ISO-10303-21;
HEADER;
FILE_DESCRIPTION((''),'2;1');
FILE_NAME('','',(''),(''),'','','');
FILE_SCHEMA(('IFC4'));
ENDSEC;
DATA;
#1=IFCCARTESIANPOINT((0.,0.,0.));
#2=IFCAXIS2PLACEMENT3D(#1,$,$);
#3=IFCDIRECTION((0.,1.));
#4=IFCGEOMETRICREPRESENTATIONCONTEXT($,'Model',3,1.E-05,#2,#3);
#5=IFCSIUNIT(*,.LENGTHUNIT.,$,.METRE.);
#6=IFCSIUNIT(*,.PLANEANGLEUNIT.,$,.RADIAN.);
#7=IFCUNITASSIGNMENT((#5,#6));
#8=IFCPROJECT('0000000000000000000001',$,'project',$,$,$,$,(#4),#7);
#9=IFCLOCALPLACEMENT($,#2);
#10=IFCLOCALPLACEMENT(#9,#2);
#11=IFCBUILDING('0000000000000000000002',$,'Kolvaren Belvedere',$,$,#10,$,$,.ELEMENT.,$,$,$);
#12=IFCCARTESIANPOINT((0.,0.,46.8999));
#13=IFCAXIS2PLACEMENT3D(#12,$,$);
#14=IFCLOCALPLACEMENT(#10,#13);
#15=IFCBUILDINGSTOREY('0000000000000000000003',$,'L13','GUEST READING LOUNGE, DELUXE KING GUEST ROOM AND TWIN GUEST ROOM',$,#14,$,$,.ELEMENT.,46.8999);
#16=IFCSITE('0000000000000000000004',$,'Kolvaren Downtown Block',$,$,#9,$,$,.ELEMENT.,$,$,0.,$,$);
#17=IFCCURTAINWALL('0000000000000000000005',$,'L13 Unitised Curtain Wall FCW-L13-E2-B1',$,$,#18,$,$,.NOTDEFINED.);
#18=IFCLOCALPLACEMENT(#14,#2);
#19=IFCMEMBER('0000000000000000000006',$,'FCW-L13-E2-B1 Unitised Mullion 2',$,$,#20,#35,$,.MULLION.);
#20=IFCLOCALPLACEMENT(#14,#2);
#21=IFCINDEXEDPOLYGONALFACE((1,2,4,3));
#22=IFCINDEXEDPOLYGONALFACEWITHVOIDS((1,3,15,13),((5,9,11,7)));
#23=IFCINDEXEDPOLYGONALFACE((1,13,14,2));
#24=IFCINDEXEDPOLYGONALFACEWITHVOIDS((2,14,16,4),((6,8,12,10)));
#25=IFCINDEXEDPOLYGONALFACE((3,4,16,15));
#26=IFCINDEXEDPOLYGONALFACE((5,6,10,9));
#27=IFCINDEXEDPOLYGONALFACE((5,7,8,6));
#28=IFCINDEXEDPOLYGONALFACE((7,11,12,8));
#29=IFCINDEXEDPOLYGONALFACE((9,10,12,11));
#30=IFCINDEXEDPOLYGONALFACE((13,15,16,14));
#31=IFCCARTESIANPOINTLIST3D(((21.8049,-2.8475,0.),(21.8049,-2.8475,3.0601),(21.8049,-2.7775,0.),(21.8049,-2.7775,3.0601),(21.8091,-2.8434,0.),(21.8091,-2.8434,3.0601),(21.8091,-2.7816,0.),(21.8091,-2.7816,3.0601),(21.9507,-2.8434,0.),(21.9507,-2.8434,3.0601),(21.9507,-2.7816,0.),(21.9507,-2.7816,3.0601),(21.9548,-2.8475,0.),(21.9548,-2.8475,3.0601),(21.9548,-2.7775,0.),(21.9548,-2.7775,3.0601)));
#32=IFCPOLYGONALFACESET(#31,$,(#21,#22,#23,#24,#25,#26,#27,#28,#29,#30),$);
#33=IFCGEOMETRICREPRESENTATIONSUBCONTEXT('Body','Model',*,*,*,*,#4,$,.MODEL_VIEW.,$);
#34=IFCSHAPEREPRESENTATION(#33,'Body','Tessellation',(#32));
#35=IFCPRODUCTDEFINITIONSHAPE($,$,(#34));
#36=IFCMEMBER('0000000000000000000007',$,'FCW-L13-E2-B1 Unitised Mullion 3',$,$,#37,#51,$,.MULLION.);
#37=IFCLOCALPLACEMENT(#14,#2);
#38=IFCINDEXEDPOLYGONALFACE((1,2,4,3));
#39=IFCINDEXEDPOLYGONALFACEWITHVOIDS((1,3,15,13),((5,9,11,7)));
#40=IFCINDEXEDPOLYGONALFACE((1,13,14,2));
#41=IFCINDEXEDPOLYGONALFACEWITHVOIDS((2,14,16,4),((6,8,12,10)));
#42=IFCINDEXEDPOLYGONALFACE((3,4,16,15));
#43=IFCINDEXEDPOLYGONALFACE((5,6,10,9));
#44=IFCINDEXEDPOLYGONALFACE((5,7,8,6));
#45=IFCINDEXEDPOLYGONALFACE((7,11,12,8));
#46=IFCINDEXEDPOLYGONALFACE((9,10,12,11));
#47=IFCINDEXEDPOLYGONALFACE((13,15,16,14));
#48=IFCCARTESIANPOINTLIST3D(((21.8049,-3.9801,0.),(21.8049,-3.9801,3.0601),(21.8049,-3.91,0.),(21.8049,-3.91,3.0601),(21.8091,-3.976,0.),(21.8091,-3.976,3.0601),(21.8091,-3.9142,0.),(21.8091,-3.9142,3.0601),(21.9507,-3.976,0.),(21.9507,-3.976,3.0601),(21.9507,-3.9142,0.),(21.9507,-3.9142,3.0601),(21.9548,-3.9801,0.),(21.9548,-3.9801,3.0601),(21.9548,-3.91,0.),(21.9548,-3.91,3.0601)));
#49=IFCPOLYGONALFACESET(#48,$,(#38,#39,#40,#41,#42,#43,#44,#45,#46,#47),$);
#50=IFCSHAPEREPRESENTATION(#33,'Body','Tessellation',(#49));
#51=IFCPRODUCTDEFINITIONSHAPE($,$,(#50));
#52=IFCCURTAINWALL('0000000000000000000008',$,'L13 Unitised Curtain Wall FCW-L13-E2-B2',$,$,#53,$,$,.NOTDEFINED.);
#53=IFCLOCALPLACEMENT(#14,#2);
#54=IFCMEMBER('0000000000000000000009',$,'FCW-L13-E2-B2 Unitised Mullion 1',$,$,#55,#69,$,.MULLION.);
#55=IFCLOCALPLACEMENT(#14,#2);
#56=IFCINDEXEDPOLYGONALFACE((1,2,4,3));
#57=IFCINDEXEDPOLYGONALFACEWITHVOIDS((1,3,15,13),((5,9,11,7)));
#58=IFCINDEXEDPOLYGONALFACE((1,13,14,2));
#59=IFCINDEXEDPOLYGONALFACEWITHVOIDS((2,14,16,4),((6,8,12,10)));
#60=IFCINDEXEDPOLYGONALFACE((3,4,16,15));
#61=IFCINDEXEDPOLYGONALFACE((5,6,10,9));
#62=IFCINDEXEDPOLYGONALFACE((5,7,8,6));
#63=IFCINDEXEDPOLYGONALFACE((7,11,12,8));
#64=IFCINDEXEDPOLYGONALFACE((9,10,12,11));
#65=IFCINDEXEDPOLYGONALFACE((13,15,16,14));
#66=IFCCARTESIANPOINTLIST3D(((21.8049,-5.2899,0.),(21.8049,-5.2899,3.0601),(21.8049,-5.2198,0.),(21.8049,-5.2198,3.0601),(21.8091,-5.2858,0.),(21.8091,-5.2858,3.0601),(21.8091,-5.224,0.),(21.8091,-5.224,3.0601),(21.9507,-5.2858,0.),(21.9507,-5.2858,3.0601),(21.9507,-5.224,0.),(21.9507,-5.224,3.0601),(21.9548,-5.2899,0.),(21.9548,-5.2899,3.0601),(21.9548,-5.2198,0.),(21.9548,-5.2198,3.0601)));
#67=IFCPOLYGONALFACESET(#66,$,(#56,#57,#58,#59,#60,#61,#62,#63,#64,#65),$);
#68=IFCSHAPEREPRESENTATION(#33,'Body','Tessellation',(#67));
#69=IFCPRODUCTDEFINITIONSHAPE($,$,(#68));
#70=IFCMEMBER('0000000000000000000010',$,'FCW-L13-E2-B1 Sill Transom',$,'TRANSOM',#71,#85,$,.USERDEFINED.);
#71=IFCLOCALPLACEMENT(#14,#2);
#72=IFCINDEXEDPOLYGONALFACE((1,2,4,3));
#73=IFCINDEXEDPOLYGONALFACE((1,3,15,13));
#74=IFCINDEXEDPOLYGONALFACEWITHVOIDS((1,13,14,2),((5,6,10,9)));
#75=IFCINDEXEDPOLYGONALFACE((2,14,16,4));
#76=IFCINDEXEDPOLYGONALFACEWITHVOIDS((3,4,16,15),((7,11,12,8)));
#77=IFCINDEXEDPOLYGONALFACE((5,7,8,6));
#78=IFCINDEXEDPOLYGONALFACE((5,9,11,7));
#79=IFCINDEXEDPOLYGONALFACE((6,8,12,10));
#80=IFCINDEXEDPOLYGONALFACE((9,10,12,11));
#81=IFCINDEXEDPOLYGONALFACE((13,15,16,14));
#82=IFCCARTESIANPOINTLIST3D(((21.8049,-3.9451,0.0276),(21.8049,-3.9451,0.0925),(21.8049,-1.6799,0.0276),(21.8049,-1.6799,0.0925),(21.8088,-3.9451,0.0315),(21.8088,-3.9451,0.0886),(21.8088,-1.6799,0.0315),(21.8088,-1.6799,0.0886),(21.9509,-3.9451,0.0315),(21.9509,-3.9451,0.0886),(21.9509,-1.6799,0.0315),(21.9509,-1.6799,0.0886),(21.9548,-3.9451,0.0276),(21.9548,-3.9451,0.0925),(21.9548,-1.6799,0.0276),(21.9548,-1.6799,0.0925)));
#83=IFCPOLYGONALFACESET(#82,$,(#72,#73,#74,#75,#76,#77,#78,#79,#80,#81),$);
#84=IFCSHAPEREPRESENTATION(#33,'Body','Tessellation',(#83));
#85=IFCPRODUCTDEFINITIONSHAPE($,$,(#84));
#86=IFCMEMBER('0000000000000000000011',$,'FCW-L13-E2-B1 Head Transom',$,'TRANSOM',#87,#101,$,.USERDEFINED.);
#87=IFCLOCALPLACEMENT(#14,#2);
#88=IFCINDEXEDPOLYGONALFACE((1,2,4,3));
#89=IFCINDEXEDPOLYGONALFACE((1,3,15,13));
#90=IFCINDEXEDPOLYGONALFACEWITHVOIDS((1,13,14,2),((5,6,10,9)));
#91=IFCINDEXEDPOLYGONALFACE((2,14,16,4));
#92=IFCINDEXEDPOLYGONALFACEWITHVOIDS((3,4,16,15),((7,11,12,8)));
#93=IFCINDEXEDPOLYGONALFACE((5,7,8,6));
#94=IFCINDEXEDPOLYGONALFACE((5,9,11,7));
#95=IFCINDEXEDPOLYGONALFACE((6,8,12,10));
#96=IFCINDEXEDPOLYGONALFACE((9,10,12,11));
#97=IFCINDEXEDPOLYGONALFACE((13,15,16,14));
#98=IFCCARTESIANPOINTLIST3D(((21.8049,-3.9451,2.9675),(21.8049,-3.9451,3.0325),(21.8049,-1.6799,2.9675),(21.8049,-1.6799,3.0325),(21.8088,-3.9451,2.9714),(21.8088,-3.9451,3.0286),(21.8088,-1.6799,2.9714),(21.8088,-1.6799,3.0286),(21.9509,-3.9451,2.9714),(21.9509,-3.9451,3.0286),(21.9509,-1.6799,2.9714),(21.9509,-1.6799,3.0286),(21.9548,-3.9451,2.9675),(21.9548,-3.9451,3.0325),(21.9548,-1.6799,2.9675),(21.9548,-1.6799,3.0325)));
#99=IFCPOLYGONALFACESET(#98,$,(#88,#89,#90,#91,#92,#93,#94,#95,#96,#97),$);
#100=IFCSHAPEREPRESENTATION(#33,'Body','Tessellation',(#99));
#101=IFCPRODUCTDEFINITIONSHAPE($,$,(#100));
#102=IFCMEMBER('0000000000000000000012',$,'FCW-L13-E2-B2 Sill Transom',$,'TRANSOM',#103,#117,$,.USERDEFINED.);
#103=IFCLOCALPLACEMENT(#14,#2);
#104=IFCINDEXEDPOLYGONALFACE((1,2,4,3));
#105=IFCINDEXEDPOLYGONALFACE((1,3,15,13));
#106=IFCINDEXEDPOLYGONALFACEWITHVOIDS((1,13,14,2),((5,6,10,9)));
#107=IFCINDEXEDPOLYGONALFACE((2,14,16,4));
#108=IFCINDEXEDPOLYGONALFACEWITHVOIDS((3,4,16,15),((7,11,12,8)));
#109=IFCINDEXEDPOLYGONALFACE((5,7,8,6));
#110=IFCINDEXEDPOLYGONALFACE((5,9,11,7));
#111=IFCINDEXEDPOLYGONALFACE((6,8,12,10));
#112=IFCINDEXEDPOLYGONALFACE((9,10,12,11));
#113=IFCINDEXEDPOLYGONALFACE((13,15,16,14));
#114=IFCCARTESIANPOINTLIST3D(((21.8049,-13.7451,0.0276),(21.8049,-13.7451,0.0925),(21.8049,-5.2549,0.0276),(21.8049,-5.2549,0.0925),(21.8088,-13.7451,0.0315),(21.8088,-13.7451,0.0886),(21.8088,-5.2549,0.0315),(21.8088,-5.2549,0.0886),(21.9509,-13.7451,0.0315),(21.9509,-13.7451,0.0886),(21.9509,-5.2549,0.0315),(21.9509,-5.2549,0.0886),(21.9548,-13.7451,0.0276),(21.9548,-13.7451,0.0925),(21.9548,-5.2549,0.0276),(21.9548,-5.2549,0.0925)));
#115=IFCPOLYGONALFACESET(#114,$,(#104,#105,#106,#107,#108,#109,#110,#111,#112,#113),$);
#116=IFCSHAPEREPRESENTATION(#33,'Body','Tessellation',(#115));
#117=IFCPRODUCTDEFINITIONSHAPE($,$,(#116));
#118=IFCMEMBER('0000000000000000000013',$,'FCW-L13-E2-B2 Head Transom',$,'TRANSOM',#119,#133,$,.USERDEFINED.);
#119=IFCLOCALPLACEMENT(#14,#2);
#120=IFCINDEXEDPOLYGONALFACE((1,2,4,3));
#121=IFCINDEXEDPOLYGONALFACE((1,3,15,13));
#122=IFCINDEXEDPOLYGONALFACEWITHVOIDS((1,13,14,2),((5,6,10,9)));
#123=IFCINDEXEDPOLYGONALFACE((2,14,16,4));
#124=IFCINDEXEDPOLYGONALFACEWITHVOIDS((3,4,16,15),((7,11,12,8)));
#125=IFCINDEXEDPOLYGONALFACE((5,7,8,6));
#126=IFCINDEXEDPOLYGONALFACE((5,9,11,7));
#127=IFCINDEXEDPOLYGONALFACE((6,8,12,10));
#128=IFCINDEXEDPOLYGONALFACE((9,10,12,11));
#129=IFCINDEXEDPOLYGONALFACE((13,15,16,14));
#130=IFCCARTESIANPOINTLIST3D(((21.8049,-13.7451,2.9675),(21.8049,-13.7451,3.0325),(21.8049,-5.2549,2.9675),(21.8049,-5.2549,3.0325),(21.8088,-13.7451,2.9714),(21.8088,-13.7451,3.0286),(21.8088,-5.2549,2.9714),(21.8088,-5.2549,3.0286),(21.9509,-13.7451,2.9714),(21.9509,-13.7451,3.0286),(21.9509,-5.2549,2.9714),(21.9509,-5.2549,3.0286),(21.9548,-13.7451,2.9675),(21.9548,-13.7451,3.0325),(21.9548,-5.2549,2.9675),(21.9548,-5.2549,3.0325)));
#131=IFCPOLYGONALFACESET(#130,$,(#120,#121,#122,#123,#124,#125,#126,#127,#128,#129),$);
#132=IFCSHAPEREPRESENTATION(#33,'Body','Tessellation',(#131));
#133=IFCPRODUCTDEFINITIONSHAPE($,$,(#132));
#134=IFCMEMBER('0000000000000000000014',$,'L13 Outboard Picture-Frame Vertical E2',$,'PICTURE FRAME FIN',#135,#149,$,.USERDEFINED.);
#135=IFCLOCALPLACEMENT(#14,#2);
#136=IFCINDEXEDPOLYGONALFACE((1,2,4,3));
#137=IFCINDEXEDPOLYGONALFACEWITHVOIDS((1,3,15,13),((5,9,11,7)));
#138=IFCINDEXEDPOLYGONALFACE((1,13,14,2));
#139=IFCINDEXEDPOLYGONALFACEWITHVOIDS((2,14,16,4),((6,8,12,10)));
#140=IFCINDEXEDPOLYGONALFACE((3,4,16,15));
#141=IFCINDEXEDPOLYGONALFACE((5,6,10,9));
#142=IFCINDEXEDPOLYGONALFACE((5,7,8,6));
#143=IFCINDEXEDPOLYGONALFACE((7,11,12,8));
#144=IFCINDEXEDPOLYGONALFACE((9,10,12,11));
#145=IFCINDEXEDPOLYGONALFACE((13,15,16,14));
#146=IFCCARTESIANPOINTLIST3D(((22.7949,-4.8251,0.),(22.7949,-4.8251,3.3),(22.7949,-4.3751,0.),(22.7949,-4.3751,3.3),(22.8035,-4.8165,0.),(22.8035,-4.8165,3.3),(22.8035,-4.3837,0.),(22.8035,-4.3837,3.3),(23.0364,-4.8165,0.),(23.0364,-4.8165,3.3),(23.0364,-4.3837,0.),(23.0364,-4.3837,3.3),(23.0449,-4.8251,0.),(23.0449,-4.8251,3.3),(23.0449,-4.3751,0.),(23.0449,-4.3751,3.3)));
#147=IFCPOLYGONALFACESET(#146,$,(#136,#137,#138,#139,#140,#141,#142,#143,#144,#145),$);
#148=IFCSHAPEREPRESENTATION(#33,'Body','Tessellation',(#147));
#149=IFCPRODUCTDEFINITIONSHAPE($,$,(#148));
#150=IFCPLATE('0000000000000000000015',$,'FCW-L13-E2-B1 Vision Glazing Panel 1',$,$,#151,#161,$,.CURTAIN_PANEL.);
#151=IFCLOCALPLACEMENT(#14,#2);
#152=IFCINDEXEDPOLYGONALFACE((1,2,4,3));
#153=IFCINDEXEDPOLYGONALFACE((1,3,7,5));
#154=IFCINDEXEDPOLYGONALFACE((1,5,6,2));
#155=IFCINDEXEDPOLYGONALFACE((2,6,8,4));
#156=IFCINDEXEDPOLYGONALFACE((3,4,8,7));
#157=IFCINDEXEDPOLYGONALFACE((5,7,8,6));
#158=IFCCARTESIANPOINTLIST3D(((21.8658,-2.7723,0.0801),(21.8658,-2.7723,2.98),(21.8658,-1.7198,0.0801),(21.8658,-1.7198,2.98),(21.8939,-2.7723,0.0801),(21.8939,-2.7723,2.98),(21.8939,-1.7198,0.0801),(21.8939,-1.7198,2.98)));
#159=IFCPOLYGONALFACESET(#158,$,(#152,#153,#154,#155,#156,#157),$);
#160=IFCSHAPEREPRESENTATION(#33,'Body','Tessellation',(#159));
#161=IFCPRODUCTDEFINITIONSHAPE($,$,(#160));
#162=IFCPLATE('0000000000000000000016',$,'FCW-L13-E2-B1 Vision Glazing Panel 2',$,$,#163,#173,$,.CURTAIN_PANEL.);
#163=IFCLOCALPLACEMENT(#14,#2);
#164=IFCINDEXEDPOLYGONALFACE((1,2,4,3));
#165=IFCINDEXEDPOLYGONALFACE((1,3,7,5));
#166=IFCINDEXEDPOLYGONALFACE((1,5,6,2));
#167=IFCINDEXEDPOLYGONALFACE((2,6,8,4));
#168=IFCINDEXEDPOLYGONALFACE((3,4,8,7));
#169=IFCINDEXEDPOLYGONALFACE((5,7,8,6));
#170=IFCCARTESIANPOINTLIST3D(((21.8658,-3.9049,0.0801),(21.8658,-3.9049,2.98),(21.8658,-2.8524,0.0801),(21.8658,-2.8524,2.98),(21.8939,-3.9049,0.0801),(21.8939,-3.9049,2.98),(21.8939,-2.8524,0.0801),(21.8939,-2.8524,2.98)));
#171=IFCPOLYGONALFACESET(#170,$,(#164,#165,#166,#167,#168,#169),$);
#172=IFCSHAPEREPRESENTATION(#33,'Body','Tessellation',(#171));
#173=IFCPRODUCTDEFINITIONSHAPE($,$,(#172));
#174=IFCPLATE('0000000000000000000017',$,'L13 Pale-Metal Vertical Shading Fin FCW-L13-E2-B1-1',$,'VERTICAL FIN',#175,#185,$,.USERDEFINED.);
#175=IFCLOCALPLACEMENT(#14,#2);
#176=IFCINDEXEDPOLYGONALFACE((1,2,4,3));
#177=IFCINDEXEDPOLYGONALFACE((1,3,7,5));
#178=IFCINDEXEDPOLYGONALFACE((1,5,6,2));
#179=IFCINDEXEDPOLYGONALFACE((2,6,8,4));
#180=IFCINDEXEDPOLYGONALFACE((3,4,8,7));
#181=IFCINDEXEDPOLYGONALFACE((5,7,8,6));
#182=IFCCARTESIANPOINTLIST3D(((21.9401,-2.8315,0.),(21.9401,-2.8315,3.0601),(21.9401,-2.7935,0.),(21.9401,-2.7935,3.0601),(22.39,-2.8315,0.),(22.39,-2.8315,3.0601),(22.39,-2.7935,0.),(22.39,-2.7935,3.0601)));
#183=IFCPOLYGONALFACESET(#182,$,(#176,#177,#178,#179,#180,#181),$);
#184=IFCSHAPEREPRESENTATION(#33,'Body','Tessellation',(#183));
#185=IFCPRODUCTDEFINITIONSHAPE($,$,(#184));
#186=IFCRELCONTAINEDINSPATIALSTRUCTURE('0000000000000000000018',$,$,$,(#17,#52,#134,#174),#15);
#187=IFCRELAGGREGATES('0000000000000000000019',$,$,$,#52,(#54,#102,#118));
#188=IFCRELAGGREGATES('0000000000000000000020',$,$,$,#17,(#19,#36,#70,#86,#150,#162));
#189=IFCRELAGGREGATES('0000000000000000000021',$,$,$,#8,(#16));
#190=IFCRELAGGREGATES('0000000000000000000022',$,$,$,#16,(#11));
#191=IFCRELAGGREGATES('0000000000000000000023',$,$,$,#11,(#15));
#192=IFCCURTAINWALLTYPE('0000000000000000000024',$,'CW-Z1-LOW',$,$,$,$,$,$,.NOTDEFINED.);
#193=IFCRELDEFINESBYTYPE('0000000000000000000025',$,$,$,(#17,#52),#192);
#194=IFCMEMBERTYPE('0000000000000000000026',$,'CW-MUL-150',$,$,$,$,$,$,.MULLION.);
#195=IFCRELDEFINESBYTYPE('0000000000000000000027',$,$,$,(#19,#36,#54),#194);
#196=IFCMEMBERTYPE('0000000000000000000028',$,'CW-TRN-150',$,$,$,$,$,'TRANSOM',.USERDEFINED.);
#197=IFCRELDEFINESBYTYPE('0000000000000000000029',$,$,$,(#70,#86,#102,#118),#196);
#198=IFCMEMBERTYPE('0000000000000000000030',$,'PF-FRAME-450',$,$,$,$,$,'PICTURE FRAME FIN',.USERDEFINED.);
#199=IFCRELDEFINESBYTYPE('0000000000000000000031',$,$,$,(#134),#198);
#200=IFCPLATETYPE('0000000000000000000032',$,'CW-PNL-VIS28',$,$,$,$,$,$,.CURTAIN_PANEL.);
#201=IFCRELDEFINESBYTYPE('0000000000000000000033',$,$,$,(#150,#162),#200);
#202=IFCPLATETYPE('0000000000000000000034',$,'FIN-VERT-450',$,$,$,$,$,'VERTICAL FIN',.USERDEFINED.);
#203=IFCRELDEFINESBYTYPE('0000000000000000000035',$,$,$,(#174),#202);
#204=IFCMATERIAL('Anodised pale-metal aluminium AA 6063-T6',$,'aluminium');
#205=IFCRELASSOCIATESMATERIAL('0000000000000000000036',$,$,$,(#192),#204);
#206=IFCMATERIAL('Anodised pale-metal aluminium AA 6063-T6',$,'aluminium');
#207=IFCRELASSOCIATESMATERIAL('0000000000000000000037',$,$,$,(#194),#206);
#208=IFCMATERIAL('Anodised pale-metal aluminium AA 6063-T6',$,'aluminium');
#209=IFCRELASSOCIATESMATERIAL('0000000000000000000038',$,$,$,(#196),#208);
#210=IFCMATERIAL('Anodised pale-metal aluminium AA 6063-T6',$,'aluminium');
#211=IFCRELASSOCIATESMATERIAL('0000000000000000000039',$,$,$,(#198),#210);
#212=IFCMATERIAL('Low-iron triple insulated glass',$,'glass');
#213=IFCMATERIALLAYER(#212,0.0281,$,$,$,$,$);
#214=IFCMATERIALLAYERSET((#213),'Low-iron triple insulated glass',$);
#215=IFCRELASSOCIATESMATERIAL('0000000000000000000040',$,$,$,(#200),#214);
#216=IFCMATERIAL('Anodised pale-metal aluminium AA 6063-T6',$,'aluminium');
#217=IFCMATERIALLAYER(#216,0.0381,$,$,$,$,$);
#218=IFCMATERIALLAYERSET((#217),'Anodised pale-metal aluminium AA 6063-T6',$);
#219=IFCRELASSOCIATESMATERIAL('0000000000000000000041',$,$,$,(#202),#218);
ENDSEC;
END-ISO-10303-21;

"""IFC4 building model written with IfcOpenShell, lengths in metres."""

from ifc_helpers import new_model, si_unit, direction, frame, origin, origin_2d, place, context, subcontext, project, spatial, rectangle, hollow_rectangle, extrude, material, layer, layer_set, material_profile, profile_set, type_object, element, aggregate, save


model = new_model("IFC4")

# Units and contexts
model_context = context("Model", 3, precision=1e-05, world=origin(), true_north=direction((0.0, 1.0)))
body_context = subcontext(model_context, "Body", "Model", "MODEL_VIEW")
ifc_project = project(units=[si_unit("LENGTHUNIT", "METRE"), si_unit("PLANEANGLEUNIT", "RADIAN")], contexts=[model_context])

# Site, building, storey
site_placement = place(None, origin())
site = spatial("IfcSite", under=ifc_project, at=site_placement, Name="Kolvaren Downtown Block", CompositionType="ELEMENT", RefElevation=0.0)
building_placement = place(site_placement, origin())
building = spatial("IfcBuilding", under=site, at=building_placement, Name="Kolvaren Belvedere", CompositionType="ELEMENT")
storey_placement = place(building_placement, frame((0.0, 0.0, 46.8999)))
storey = spatial("IfcBuildingStorey", under=building, at=storey_placement, Name="L13", Description="GUEST READING LOUNGE, DELUXE KING GUEST ROOM AND TWIN GUEST ROOM", CompositionType="ELEMENT", Elevation=46.8999)

# Curtain wall, members
ifc_material_1 = material(Name="Anodised pale-metal aluminium AA 6063-T6", Category="aluminium")
curtain_wall_type = type_object("IfcCurtainWallType", Name="CW-Z1-LOW", PredefinedType="NOTDEFINED", material=ifc_material_1)
curtain_wall_1_placement = place(storey_placement, origin())
curtain_wall_1 = element("IfcCurtainWall", 1, at=curtain_wall_1_placement, inside=storey, type_object=curtain_wall_type, Name="L13 Unitised Curtain Wall FCW-L13-E2-B1", PredefinedType="NOTDEFINED")
ifc_material_2 = material(Name="Anodised pale-metal aluminium AA 6063-T6", Category="aluminium")
ifc_material_profile_1 = material_profile(ifc_material_2, hollow_rectangle(XDim=0.0701, YDim=0.1499, WallThickness=0.0042, at=origin_2d()), Name="ALU-MUL-150X70")
ifc_profile_set_1 = profile_set([ifc_material_profile_1], Name="Anodised pale-metal aluminium AA 6063-T6")
member_type_1 = type_object("IfcMemberType", Name="CW-MUL-150", PredefinedType="MULLION", material=ifc_profile_set_1)
member_1_placement = place(storey_placement, frame((21.8799, -2.8125, 0.0), z_axis=(0.0, 0.0, 1.0), x_axis=(0.0, 1.0, 0.0)))
member_1 = element("IfcMember", 2, at=member_1_placement, type_object=member_type_1, Name="FCW-L13-E2-B1 Unitised Mullion 2", PredefinedType="MULLION", context=body_context, shape_type="SweptSolid", body=[
    extrude(hollow_rectangle(XDim=0.0701, YDim=0.1499, WallThickness=0.0042, at=origin_2d()), origin(), (0.0, 0.0, 1.0), 3.0601),
])
member_2_placement = place(storey_placement, frame((21.8799, -3.9451, 0.0), z_axis=(0.0, 0.0, 1.0), x_axis=(0.0, 1.0, 0.0)))
member_2 = element("IfcMember", 3, at=member_2_placement, type_object=member_type_1, Name="FCW-L13-E2-B1 Unitised Mullion 3", PredefinedType="MULLION", context=body_context, shape_type="SweptSolid", body=[
    extrude(hollow_rectangle(XDim=0.0701, YDim=0.1499, WallThickness=0.0042, at=origin_2d()), origin(), (0.0, 0.0, 1.0), 3.0601),
])

# Curtain wall, member
curtain_wall_2_placement = place(storey_placement, origin())
curtain_wall_2 = element("IfcCurtainWall", 4, at=curtain_wall_2_placement, inside=storey, type_object=curtain_wall_type, Name="L13 Unitised Curtain Wall FCW-L13-E2-B2", PredefinedType="NOTDEFINED")
member_3_placement = place(storey_placement, frame((21.8799, -5.2549, 0.0), z_axis=(0.0, 0.0, 1.0), x_axis=(0.0, 1.0, 0.0)))
member_3 = element("IfcMember", 5, at=member_3_placement, type_object=member_type_1, Name="FCW-L13-E2-B2 Unitised Mullion 1", PredefinedType="MULLION", context=body_context, shape_type="SweptSolid", body=[
    extrude(hollow_rectangle(XDim=0.0701, YDim=0.1499, WallThickness=0.0042, at=origin_2d()), origin(), (0.0, 0.0, 1.0), 3.0601),
])

# Members
ifc_material_3 = material(Name="Anodised pale-metal aluminium AA 6063-T6", Category="aluminium")
ifc_material_profile_2 = material_profile(ifc_material_3, hollow_rectangle(XDim=0.0649, YDim=0.1499, WallThickness=0.0039, at=origin_2d()), Name="ALU-TRN-150X65")
ifc_profile_set_2 = profile_set([ifc_material_profile_2], Name="Anodised pale-metal aluminium AA 6063-T6")
member_type_2 = type_object("IfcMemberType", Name="CW-TRN-150", ElementType="TRANSOM", PredefinedType="USERDEFINED", material=ifc_profile_set_2)
member_4_placement = place(storey_placement, frame((21.8799, -1.6799, 0.0601), z_axis=(0.0, -1.0, 0.0), x_axis=(0.0, 0.0, 1.0)))
member_4 = element("IfcMember", 6, at=member_4_placement, type_object=member_type_2, Name="FCW-L13-E2-B1 Sill Transom", ObjectType="TRANSOM", PredefinedType="USERDEFINED", context=body_context, shape_type="SweptSolid", body=[
    extrude(hollow_rectangle(XDim=0.0649, YDim=0.1499, WallThickness=0.0039, at=origin_2d()), origin(), (0.0, 0.0, 1.0), 2.2651),
])
member_5_placement = place(storey_placement, frame((21.8799, -1.6799, 3.0), z_axis=(0.0, -1.0, 0.0), x_axis=(0.0, 0.0, 1.0)))
member_5 = element("IfcMember", 7, at=member_5_placement, type_object=member_type_2, Name="FCW-L13-E2-B1 Head Transom", ObjectType="TRANSOM", PredefinedType="USERDEFINED", context=body_context, shape_type="SweptSolid", body=[
    extrude(hollow_rectangle(XDim=0.0649, YDim=0.1499, WallThickness=0.0039, at=origin_2d()), origin(), (0.0, 0.0, 1.0), 2.2651),
])
member_6_placement = place(storey_placement, frame((21.8799, -5.2549, 0.0601), z_axis=(0.0, -1.0, 0.0), x_axis=(0.0, 0.0, 1.0)))
member_6 = element("IfcMember", 8, at=member_6_placement, type_object=member_type_2, Name="FCW-L13-E2-B2 Sill Transom", ObjectType="TRANSOM", PredefinedType="USERDEFINED", context=body_context, shape_type="SweptSolid", body=[
    extrude(hollow_rectangle(XDim=0.0649, YDim=0.1499, WallThickness=0.0039, at=origin_2d()), origin(), (0.0, 0.0, 1.0), 8.4902),
])
member_7_placement = place(storey_placement, frame((21.8799, -5.2549, 3.0), z_axis=(0.0, -1.0, 0.0), x_axis=(0.0, 0.0, 1.0)))
member_7 = element("IfcMember", 9, at=member_7_placement, type_object=member_type_2, Name="FCW-L13-E2-B2 Head Transom", ObjectType="TRANSOM", PredefinedType="USERDEFINED", context=body_context, shape_type="SweptSolid", body=[
    extrude(hollow_rectangle(XDim=0.0649, YDim=0.1499, WallThickness=0.0039, at=origin_2d()), origin(), (0.0, 0.0, 1.0), 8.4902),
])
aggregate(curtain_wall_2, [member_3, member_6, member_7])
ifc_material_4 = material(Name="Anodised pale-metal aluminium AA 6063-T6", Category="aluminium")
ifc_material_profile_3 = material_profile(ifc_material_4, hollow_rectangle(XDim=0.25, YDim=0.45, WallThickness=0.0085, at=origin_2d()), Name="ALU-PF-450X250")
ifc_profile_set_3 = profile_set([ifc_material_profile_3], Name="Anodised pale-metal aluminium AA 6063-T6")
member_type_3 = type_object("IfcMemberType", Name="PF-FRAME-450", ElementType="PICTURE FRAME FIN", PredefinedType="USERDEFINED", material=ifc_profile_set_3)
member_8_placement = place(storey_placement, frame((22.9199, -4.6001, 0.0), z_axis=(0.0, 0.0, 1.0), x_axis=(1.0, 0.0, 0.0)))
element("IfcMember", 10, at=member_8_placement, inside=storey, type_object=member_type_3, Name="L13 Outboard Picture-Frame Vertical E2", ObjectType="PICTURE FRAME FIN", PredefinedType="USERDEFINED", context=body_context, shape_type="SweptSolid", body=[
    extrude(hollow_rectangle(XDim=0.25, YDim=0.45, WallThickness=0.0085, at=origin_2d()), origin(), (0.0, 0.0, 1.0), 3.3),
])

# Plates
ifc_material_5 = material(Name="Low-iron triple insulated glass", Category="glass")
ifc_layer_1 = layer(ifc_material_5, 0.0281)
ifc_layer_set_1 = layer_set([ifc_layer_1], Name="Low-iron triple insulated glass")
plate_type_1 = type_object("IfcPlateType", Name="CW-PNL-VIS28", PredefinedType="CURTAIN_PANEL", material=ifc_layer_set_1)
plate_1_placement = place(storey_placement, frame((21.8799, -2.2461, 0.0801), z_axis=(0.0, 0.0, 1.0), x_axis=(0.0, -1.0, 0.0)))
plate_1 = element("IfcPlate", 11, at=plate_1_placement, type_object=plate_type_1, Name="FCW-L13-E2-B1 Vision Glazing Panel 1", PredefinedType="CURTAIN_PANEL", context=body_context, shape_type="SweptSolid", body=[
    extrude(rectangle(XDim=1.0525, YDim=0.0281, at=origin_2d()), origin(), (0.0, 0.0, 1.0), 2.8999),
])
plate_2_placement = place(storey_placement, frame((21.8799, -3.3787, 0.0801), z_axis=(0.0, 0.0, 1.0), x_axis=(0.0, -1.0, 0.0)))
plate_2 = element("IfcPlate", 12, at=plate_2_placement, type_object=plate_type_1, Name="FCW-L13-E2-B1 Vision Glazing Panel 2", PredefinedType="CURTAIN_PANEL", context=body_context, shape_type="SweptSolid", body=[
    extrude(rectangle(XDim=1.0525, YDim=0.0281, at=origin_2d()), origin(), (0.0, 0.0, 1.0), 2.8999),
])
aggregate(curtain_wall_1, [member_1, member_2, member_4, member_5, plate_1, plate_2])
ifc_material_6 = material(Name="Anodised pale-metal aluminium AA 6063-T6", Category="aluminium")
ifc_layer_2 = layer(ifc_material_6, 0.0381)
ifc_layer_set_2 = layer_set([ifc_layer_2], Name="Anodised pale-metal aluminium AA 6063-T6")
plate_type_2 = type_object("IfcPlateType", Name="FIN-VERT-450", ElementType="VERTICAL FIN", PredefinedType="USERDEFINED", material=ifc_layer_set_2)
plate_3_placement = place(storey_placement, frame((22.165, -2.8125, 0.0), z_axis=(0.0, 0.0, 1.0), x_axis=(1.0, 0.0, 0.0)))
element("IfcPlate", 13, at=plate_3_placement, inside=storey, type_object=plate_type_2, Name="L13 Pale-Metal Vertical Shading Fin FCW-L13-E2-B1-1", ObjectType="VERTICAL FIN", PredefinedType="USERDEFINED", context=body_context, shape_type="SweptSolid", body=[
    extrude(rectangle(XDim=0.45, YDim=0.0381, at=origin_2d()), origin(), (0.0, 0.0, 1.0), 3.0601),
])

save(model, "model.ifc")
